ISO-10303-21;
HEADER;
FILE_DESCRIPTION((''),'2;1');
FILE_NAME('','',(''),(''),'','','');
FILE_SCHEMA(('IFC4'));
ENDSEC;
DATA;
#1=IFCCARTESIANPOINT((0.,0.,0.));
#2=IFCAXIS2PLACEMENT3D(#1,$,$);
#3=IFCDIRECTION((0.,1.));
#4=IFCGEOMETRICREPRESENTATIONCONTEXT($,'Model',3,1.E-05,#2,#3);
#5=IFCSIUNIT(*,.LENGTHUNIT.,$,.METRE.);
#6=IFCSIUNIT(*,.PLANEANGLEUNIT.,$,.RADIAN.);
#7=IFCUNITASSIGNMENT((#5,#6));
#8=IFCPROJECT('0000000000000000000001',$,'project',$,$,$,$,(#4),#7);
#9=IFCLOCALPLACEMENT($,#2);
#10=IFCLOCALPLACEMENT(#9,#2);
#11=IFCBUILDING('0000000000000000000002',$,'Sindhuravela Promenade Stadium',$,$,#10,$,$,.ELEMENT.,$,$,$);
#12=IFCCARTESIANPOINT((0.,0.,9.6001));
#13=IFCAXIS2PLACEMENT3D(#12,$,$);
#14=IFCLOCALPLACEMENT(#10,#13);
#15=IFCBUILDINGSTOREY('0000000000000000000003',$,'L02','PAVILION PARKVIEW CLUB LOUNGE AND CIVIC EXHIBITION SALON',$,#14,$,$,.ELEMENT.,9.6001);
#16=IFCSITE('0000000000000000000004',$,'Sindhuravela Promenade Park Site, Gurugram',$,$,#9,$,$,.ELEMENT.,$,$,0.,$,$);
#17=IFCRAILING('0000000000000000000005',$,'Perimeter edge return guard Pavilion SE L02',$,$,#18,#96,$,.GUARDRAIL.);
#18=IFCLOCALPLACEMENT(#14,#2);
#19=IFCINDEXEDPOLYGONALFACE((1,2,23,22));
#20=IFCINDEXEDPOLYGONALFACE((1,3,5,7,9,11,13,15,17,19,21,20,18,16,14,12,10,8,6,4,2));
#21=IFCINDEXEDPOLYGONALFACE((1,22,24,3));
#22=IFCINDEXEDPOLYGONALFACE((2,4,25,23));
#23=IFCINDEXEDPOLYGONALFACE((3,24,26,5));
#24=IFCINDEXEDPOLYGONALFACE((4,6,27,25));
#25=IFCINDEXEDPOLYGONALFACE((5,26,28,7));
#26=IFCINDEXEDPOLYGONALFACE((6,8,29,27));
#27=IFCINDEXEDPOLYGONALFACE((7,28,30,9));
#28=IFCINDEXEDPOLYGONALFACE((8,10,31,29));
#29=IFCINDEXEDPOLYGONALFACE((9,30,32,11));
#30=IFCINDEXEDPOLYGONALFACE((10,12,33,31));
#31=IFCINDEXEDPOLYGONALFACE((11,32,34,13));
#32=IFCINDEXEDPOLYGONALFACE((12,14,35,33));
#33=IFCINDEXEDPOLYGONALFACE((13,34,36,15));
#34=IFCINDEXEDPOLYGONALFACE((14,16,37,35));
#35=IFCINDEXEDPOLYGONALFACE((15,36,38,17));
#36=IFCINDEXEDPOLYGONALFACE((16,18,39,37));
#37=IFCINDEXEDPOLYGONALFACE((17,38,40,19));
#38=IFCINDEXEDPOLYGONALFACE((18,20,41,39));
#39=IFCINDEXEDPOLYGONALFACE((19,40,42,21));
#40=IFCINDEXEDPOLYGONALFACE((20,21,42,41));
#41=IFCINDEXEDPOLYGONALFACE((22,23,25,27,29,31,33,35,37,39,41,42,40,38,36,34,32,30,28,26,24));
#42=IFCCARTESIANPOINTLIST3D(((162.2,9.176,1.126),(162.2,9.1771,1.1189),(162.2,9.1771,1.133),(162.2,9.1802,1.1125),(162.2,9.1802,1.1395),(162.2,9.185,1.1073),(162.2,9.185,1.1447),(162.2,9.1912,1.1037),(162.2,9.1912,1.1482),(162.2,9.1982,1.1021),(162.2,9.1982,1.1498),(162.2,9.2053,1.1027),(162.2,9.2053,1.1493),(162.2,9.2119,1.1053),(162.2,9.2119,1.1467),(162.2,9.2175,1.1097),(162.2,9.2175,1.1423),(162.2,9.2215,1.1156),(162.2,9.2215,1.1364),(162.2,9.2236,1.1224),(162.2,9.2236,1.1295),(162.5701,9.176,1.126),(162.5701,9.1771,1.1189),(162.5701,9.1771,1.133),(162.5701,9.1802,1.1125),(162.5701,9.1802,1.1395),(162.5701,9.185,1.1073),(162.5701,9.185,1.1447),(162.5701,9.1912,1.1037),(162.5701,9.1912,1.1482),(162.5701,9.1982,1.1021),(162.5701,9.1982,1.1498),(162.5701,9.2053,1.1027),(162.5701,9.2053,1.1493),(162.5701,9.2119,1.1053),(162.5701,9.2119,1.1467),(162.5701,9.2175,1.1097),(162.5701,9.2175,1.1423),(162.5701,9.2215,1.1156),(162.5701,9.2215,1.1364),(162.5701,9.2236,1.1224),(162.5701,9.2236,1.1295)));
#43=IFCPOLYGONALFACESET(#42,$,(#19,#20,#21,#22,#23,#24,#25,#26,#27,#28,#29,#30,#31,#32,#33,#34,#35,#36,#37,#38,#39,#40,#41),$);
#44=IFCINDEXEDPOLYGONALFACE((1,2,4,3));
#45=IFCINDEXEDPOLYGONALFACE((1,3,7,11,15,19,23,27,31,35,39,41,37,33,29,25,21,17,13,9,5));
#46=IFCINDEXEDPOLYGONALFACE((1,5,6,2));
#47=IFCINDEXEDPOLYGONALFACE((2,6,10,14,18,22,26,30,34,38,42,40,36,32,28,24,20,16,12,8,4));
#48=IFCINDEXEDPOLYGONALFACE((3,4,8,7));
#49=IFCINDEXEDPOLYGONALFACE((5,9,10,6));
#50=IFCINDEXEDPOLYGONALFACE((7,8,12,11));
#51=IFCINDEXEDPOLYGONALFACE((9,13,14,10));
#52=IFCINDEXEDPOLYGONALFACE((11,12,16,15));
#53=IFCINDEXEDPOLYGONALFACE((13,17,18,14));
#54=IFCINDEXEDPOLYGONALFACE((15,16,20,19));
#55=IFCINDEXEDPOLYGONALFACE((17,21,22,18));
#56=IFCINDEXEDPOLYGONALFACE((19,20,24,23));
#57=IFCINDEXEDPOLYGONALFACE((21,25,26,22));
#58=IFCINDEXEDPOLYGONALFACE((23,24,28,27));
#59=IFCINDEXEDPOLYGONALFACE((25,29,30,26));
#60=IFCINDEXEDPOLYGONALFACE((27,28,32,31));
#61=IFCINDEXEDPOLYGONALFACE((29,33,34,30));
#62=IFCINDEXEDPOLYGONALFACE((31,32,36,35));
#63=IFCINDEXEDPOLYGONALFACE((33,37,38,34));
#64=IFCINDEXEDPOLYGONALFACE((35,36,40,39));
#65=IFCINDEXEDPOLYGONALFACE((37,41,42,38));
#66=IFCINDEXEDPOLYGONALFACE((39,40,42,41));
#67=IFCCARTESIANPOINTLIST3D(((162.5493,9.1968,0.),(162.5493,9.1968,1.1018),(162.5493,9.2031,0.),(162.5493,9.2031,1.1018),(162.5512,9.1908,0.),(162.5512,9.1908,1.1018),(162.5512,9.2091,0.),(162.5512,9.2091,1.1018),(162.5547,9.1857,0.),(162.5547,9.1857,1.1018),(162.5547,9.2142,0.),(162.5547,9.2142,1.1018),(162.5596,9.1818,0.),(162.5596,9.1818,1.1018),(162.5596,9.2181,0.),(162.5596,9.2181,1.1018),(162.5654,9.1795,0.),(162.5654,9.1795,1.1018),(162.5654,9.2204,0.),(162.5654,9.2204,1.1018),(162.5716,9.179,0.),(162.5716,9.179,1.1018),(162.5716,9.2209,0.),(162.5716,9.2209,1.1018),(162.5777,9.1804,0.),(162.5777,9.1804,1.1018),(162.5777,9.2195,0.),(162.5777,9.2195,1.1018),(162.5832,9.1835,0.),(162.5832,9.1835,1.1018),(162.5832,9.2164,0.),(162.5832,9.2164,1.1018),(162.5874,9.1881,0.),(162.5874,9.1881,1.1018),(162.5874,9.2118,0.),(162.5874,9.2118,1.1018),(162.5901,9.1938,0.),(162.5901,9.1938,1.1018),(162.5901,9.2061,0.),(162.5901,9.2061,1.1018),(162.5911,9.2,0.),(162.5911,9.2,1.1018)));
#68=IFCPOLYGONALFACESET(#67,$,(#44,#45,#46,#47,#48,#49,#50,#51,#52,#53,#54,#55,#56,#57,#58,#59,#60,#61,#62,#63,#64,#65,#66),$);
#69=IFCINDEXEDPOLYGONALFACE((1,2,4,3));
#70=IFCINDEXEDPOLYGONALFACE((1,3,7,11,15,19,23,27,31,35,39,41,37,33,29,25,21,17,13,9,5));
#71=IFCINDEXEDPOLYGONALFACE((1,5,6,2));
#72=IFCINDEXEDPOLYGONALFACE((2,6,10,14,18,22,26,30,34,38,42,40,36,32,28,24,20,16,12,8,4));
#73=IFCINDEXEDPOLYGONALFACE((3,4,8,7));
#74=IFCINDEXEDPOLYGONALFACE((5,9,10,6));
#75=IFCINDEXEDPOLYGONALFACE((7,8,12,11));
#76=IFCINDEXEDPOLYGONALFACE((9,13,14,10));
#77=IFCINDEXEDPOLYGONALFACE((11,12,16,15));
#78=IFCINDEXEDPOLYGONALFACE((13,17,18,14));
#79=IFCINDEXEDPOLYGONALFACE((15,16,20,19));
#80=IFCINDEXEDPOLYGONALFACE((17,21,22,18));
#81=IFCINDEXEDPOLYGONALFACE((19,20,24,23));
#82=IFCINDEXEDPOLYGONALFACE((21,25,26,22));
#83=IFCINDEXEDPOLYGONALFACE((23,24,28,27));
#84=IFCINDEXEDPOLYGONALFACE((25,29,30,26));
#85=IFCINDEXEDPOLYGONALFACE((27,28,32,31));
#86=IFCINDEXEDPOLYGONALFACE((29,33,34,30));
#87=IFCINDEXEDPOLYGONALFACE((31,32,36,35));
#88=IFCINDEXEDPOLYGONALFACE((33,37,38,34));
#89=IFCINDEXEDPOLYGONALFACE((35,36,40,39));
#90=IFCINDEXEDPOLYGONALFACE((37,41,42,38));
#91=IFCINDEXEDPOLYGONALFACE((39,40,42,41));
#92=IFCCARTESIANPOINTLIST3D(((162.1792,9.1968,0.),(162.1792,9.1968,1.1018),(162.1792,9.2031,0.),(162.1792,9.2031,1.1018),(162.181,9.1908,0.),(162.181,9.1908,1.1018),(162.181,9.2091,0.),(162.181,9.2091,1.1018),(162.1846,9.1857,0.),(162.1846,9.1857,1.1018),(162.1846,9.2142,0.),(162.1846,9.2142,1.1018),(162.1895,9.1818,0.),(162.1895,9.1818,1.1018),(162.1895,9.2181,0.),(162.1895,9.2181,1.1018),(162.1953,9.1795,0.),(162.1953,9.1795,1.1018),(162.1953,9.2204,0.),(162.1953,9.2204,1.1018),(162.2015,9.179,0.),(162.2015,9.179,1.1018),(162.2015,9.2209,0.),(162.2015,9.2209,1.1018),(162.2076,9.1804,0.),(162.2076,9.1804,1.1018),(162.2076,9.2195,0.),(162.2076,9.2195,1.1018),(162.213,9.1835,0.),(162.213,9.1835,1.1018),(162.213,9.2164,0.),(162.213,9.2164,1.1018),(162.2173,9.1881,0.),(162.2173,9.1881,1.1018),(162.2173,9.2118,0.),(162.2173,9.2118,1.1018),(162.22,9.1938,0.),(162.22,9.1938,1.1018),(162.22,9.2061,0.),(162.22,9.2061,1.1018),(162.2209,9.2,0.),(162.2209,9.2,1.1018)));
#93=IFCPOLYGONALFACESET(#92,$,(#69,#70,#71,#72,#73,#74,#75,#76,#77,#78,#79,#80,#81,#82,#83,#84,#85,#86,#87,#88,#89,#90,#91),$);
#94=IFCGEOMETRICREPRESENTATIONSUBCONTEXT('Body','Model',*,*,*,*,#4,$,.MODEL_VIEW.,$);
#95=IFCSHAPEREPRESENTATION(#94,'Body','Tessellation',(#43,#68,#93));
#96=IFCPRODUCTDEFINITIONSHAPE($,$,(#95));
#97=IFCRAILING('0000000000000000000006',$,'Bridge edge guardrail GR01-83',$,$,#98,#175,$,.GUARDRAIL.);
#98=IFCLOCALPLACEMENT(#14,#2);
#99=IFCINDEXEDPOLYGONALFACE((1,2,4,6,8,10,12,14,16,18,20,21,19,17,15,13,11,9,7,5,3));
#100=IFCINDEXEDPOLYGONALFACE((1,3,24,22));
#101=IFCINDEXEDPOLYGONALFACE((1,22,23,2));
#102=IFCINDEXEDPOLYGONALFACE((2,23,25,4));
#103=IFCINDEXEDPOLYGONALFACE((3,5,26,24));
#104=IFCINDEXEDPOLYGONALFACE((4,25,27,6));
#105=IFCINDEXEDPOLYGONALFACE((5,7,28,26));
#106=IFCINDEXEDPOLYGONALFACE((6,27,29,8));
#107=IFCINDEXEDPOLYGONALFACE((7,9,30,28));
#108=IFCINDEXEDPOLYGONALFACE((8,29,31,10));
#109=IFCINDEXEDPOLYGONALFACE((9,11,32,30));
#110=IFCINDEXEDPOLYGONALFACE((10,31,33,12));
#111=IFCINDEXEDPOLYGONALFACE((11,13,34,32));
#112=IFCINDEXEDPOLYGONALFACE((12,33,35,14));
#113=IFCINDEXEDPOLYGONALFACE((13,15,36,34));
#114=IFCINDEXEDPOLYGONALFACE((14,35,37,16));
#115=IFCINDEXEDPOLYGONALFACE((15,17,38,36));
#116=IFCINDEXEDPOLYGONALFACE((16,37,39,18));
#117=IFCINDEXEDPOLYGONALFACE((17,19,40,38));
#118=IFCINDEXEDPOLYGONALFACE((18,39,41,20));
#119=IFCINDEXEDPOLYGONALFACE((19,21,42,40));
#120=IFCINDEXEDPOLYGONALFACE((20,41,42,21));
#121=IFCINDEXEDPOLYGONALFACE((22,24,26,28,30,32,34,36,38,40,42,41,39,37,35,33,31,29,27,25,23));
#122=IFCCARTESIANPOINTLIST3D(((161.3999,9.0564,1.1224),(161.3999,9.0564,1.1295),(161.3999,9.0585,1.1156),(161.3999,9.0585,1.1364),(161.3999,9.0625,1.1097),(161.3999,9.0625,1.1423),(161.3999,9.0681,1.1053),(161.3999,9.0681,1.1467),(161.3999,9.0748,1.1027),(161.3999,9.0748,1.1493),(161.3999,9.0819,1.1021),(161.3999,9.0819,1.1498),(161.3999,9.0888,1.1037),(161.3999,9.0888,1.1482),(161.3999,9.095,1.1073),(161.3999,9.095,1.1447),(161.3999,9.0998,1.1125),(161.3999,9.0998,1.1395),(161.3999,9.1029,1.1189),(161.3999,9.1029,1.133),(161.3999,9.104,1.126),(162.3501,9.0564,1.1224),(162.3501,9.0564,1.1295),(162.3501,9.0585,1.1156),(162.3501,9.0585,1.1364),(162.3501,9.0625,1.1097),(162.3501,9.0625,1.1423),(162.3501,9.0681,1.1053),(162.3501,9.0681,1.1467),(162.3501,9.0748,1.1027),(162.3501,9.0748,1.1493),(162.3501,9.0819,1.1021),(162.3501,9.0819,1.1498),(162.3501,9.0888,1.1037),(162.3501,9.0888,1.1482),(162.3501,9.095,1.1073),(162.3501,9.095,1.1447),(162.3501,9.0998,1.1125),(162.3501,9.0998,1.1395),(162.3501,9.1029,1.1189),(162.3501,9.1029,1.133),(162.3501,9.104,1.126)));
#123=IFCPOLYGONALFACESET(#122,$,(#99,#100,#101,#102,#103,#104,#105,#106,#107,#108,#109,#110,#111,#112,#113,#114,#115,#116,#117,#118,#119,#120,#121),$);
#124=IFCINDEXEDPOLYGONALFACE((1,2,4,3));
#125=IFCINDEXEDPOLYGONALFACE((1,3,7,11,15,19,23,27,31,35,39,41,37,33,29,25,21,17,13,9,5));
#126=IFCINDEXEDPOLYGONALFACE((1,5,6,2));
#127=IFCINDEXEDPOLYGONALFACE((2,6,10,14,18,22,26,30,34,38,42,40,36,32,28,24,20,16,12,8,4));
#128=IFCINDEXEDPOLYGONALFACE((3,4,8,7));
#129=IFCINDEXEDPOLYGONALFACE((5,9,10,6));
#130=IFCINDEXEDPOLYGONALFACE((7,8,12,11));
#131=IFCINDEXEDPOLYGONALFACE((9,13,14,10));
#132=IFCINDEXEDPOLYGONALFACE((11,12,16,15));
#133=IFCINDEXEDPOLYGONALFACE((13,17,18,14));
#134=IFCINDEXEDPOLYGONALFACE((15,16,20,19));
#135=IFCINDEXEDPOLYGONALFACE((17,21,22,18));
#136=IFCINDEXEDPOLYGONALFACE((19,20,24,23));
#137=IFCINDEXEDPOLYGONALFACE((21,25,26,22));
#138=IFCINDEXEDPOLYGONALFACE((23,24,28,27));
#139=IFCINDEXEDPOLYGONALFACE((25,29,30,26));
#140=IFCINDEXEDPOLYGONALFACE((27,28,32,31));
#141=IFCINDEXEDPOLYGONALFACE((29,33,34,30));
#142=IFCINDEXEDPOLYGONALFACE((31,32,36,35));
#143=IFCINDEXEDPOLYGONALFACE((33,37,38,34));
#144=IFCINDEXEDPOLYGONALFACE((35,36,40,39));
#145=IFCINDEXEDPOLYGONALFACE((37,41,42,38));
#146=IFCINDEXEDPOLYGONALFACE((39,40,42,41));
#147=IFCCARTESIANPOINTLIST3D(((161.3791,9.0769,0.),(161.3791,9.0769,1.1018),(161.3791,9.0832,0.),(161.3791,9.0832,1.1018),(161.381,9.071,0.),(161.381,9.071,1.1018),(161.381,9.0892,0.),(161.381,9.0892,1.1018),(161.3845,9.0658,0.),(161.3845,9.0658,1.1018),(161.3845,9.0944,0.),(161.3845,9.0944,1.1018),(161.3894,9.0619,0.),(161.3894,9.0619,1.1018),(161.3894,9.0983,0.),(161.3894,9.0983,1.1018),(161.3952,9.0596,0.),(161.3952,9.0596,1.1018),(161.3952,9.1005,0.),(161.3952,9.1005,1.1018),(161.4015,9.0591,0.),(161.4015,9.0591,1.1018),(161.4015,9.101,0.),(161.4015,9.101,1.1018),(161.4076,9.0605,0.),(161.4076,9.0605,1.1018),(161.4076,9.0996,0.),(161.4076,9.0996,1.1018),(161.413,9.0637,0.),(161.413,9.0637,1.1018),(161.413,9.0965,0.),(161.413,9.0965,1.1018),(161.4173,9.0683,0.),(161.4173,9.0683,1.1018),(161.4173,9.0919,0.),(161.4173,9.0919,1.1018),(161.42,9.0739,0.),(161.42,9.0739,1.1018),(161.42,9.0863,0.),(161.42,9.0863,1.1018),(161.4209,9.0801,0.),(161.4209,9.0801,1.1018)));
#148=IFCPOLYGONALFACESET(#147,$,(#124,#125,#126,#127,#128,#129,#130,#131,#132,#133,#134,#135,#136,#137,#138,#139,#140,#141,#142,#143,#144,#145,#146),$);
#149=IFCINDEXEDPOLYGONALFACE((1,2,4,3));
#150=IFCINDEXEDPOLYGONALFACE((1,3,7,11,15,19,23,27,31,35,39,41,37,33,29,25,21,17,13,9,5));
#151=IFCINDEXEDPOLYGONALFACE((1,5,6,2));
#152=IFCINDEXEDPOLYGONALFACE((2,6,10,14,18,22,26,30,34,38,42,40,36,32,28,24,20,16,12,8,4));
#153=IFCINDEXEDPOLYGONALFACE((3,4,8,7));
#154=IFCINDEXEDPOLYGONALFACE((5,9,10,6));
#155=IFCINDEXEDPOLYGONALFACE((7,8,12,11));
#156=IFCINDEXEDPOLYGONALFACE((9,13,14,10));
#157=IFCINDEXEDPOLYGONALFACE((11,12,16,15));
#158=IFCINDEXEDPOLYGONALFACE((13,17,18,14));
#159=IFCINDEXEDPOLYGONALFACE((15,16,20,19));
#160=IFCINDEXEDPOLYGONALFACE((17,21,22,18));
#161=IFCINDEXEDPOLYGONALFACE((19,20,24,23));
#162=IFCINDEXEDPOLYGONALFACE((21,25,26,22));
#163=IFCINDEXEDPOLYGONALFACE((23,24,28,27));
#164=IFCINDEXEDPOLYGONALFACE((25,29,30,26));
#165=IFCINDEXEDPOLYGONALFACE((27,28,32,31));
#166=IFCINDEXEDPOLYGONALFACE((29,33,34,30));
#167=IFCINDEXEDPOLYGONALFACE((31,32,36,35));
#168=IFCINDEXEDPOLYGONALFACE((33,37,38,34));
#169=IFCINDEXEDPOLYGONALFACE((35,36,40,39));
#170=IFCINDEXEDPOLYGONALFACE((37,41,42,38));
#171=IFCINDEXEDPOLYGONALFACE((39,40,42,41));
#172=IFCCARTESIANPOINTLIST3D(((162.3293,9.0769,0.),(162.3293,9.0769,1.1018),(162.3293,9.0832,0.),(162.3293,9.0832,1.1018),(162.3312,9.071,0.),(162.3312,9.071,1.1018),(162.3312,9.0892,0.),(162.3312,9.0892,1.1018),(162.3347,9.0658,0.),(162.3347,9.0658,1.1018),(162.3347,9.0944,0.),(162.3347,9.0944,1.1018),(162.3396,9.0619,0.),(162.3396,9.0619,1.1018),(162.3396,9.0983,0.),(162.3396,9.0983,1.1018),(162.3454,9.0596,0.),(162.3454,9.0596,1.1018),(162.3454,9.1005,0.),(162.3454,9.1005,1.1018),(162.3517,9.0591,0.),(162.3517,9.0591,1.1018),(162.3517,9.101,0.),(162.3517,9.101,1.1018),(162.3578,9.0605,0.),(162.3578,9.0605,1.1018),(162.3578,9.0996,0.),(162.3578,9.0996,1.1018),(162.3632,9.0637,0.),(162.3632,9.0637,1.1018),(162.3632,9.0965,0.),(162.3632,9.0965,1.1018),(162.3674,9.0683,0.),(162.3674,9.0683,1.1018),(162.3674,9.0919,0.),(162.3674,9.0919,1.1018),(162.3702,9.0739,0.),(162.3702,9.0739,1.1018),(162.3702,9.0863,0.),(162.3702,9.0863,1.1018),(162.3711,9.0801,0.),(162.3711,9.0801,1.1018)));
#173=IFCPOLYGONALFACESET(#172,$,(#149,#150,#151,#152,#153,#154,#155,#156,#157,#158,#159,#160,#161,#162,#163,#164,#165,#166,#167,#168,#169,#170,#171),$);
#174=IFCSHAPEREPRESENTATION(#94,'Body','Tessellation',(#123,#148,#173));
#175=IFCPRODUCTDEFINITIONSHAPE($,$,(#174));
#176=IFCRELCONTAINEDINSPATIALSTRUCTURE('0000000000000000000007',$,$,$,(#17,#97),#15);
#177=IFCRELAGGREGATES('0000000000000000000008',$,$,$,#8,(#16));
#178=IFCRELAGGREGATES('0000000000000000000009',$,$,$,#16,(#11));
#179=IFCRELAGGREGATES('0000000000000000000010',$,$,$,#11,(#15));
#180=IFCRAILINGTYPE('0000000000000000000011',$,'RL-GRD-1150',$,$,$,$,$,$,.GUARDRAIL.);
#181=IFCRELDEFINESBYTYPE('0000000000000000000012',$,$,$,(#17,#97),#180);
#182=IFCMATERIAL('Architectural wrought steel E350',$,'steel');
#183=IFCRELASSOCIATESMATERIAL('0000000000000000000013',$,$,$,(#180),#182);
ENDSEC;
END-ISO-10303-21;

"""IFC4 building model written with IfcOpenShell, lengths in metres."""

from ifc_helpers import new_model, si_unit, direction, frame, origin, origin_2d, place, context, subcontext, project, spatial, circle, extrude, material, type_object, element, save


model = new_model("IFC4")

# Units and contexts
model_context = context("Model", 3, precision=1e-05, world=origin(), true_north=direction((0.0, 1.0)))
body_context = subcontext(model_context, "Body", "Model", "MODEL_VIEW")
ifc_project = project(units=[si_unit("LENGTHUNIT", "METRE"), si_unit("PLANEANGLEUNIT", "RADIAN")], contexts=[model_context])

# Site, building, storey
site_placement = place(None, origin())
site = spatial("IfcSite", under=ifc_project, at=site_placement, Name="Sindhuravela Promenade Park Site, Gurugram", CompositionType="ELEMENT", RefElevation=0.0)
building_placement = place(site_placement, origin())
building = spatial("IfcBuilding", under=site, at=building_placement, Name="Sindhuravela Promenade Stadium", CompositionType="ELEMENT")
storey_placement = place(building_placement, frame((0.0, 0.0, 9.6001)))
storey = spatial("IfcBuildingStorey", under=building, at=storey_placement, Name="L02", Description="PAVILION PARKVIEW CLUB LOUNGE AND CIVIC EXHIBITION SALON", CompositionType="ELEMENT", Elevation=9.6001)

# Railings
ifc_material_1 = material(Name="Architectural wrought steel E350", Category="steel")
railing_type = type_object("IfcRailingType", Name="RL-GRD-1150", PredefinedType="GUARDRAIL", material=ifc_material_1)
railing_placement = place(storey_placement, frame((162.5701, 9.2, 0.0)))
element("IfcRailing", 1, at=railing_placement, inside=storey, type_object=railing_type, Name="Perimeter edge return guard Pavilion SE L02", PredefinedType="GUARDRAIL", context=body_context, shape_type="SweptSolid", body=[
    extrude(circle(Radius=0.0239, at=origin_2d()), frame((0.0, 0.0, 1.126), z_axis=(-1.0, 0.0, 0.0), x_axis=(0.0, -1.0, 0.0)), (0.0, 0.0, 1.0), 0.3701),
    extrude(circle(Radius=0.021, at=origin_2d()), origin(), (0.0, 0.0, 1.0), 1.1018),
    extrude(circle(Radius=0.021, at=origin_2d()), frame((-0.3701, 0.0, 0.0)), (0.0, 0.0, 1.0), 1.1018),
])
for number, where, name in (
    (2, (161.3999, 9.0801, 0.0), "Bridge edge guardrail GR01-83"),
):
    element("IfcRailing", number, at=place(storey_placement, frame(where)), inside=storey, type_object=railing_type, Name=name, PredefinedType="GUARDRAIL", context=body_context, shape_type="SweptSolid", body=[
        extrude(circle(Radius=0.0239, at=origin_2d()), frame((0.0, 0.0, 1.126), z_axis=(1.0, 0.0, 0.0), x_axis=(0.0, 1.0, 0.0)), (0.0, 0.0, 1.0), 0.9502),
        extrude(circle(Radius=0.021, at=origin_2d()), origin(), (0.0, 0.0, 1.0), 1.1018),
        extrude(circle(Radius=0.021, at=origin_2d()), frame((0.9502, 0.0, 0.0)), (0.0, 0.0, 1.0), 1.1018),
    ])

save(model, "model.ifc")
